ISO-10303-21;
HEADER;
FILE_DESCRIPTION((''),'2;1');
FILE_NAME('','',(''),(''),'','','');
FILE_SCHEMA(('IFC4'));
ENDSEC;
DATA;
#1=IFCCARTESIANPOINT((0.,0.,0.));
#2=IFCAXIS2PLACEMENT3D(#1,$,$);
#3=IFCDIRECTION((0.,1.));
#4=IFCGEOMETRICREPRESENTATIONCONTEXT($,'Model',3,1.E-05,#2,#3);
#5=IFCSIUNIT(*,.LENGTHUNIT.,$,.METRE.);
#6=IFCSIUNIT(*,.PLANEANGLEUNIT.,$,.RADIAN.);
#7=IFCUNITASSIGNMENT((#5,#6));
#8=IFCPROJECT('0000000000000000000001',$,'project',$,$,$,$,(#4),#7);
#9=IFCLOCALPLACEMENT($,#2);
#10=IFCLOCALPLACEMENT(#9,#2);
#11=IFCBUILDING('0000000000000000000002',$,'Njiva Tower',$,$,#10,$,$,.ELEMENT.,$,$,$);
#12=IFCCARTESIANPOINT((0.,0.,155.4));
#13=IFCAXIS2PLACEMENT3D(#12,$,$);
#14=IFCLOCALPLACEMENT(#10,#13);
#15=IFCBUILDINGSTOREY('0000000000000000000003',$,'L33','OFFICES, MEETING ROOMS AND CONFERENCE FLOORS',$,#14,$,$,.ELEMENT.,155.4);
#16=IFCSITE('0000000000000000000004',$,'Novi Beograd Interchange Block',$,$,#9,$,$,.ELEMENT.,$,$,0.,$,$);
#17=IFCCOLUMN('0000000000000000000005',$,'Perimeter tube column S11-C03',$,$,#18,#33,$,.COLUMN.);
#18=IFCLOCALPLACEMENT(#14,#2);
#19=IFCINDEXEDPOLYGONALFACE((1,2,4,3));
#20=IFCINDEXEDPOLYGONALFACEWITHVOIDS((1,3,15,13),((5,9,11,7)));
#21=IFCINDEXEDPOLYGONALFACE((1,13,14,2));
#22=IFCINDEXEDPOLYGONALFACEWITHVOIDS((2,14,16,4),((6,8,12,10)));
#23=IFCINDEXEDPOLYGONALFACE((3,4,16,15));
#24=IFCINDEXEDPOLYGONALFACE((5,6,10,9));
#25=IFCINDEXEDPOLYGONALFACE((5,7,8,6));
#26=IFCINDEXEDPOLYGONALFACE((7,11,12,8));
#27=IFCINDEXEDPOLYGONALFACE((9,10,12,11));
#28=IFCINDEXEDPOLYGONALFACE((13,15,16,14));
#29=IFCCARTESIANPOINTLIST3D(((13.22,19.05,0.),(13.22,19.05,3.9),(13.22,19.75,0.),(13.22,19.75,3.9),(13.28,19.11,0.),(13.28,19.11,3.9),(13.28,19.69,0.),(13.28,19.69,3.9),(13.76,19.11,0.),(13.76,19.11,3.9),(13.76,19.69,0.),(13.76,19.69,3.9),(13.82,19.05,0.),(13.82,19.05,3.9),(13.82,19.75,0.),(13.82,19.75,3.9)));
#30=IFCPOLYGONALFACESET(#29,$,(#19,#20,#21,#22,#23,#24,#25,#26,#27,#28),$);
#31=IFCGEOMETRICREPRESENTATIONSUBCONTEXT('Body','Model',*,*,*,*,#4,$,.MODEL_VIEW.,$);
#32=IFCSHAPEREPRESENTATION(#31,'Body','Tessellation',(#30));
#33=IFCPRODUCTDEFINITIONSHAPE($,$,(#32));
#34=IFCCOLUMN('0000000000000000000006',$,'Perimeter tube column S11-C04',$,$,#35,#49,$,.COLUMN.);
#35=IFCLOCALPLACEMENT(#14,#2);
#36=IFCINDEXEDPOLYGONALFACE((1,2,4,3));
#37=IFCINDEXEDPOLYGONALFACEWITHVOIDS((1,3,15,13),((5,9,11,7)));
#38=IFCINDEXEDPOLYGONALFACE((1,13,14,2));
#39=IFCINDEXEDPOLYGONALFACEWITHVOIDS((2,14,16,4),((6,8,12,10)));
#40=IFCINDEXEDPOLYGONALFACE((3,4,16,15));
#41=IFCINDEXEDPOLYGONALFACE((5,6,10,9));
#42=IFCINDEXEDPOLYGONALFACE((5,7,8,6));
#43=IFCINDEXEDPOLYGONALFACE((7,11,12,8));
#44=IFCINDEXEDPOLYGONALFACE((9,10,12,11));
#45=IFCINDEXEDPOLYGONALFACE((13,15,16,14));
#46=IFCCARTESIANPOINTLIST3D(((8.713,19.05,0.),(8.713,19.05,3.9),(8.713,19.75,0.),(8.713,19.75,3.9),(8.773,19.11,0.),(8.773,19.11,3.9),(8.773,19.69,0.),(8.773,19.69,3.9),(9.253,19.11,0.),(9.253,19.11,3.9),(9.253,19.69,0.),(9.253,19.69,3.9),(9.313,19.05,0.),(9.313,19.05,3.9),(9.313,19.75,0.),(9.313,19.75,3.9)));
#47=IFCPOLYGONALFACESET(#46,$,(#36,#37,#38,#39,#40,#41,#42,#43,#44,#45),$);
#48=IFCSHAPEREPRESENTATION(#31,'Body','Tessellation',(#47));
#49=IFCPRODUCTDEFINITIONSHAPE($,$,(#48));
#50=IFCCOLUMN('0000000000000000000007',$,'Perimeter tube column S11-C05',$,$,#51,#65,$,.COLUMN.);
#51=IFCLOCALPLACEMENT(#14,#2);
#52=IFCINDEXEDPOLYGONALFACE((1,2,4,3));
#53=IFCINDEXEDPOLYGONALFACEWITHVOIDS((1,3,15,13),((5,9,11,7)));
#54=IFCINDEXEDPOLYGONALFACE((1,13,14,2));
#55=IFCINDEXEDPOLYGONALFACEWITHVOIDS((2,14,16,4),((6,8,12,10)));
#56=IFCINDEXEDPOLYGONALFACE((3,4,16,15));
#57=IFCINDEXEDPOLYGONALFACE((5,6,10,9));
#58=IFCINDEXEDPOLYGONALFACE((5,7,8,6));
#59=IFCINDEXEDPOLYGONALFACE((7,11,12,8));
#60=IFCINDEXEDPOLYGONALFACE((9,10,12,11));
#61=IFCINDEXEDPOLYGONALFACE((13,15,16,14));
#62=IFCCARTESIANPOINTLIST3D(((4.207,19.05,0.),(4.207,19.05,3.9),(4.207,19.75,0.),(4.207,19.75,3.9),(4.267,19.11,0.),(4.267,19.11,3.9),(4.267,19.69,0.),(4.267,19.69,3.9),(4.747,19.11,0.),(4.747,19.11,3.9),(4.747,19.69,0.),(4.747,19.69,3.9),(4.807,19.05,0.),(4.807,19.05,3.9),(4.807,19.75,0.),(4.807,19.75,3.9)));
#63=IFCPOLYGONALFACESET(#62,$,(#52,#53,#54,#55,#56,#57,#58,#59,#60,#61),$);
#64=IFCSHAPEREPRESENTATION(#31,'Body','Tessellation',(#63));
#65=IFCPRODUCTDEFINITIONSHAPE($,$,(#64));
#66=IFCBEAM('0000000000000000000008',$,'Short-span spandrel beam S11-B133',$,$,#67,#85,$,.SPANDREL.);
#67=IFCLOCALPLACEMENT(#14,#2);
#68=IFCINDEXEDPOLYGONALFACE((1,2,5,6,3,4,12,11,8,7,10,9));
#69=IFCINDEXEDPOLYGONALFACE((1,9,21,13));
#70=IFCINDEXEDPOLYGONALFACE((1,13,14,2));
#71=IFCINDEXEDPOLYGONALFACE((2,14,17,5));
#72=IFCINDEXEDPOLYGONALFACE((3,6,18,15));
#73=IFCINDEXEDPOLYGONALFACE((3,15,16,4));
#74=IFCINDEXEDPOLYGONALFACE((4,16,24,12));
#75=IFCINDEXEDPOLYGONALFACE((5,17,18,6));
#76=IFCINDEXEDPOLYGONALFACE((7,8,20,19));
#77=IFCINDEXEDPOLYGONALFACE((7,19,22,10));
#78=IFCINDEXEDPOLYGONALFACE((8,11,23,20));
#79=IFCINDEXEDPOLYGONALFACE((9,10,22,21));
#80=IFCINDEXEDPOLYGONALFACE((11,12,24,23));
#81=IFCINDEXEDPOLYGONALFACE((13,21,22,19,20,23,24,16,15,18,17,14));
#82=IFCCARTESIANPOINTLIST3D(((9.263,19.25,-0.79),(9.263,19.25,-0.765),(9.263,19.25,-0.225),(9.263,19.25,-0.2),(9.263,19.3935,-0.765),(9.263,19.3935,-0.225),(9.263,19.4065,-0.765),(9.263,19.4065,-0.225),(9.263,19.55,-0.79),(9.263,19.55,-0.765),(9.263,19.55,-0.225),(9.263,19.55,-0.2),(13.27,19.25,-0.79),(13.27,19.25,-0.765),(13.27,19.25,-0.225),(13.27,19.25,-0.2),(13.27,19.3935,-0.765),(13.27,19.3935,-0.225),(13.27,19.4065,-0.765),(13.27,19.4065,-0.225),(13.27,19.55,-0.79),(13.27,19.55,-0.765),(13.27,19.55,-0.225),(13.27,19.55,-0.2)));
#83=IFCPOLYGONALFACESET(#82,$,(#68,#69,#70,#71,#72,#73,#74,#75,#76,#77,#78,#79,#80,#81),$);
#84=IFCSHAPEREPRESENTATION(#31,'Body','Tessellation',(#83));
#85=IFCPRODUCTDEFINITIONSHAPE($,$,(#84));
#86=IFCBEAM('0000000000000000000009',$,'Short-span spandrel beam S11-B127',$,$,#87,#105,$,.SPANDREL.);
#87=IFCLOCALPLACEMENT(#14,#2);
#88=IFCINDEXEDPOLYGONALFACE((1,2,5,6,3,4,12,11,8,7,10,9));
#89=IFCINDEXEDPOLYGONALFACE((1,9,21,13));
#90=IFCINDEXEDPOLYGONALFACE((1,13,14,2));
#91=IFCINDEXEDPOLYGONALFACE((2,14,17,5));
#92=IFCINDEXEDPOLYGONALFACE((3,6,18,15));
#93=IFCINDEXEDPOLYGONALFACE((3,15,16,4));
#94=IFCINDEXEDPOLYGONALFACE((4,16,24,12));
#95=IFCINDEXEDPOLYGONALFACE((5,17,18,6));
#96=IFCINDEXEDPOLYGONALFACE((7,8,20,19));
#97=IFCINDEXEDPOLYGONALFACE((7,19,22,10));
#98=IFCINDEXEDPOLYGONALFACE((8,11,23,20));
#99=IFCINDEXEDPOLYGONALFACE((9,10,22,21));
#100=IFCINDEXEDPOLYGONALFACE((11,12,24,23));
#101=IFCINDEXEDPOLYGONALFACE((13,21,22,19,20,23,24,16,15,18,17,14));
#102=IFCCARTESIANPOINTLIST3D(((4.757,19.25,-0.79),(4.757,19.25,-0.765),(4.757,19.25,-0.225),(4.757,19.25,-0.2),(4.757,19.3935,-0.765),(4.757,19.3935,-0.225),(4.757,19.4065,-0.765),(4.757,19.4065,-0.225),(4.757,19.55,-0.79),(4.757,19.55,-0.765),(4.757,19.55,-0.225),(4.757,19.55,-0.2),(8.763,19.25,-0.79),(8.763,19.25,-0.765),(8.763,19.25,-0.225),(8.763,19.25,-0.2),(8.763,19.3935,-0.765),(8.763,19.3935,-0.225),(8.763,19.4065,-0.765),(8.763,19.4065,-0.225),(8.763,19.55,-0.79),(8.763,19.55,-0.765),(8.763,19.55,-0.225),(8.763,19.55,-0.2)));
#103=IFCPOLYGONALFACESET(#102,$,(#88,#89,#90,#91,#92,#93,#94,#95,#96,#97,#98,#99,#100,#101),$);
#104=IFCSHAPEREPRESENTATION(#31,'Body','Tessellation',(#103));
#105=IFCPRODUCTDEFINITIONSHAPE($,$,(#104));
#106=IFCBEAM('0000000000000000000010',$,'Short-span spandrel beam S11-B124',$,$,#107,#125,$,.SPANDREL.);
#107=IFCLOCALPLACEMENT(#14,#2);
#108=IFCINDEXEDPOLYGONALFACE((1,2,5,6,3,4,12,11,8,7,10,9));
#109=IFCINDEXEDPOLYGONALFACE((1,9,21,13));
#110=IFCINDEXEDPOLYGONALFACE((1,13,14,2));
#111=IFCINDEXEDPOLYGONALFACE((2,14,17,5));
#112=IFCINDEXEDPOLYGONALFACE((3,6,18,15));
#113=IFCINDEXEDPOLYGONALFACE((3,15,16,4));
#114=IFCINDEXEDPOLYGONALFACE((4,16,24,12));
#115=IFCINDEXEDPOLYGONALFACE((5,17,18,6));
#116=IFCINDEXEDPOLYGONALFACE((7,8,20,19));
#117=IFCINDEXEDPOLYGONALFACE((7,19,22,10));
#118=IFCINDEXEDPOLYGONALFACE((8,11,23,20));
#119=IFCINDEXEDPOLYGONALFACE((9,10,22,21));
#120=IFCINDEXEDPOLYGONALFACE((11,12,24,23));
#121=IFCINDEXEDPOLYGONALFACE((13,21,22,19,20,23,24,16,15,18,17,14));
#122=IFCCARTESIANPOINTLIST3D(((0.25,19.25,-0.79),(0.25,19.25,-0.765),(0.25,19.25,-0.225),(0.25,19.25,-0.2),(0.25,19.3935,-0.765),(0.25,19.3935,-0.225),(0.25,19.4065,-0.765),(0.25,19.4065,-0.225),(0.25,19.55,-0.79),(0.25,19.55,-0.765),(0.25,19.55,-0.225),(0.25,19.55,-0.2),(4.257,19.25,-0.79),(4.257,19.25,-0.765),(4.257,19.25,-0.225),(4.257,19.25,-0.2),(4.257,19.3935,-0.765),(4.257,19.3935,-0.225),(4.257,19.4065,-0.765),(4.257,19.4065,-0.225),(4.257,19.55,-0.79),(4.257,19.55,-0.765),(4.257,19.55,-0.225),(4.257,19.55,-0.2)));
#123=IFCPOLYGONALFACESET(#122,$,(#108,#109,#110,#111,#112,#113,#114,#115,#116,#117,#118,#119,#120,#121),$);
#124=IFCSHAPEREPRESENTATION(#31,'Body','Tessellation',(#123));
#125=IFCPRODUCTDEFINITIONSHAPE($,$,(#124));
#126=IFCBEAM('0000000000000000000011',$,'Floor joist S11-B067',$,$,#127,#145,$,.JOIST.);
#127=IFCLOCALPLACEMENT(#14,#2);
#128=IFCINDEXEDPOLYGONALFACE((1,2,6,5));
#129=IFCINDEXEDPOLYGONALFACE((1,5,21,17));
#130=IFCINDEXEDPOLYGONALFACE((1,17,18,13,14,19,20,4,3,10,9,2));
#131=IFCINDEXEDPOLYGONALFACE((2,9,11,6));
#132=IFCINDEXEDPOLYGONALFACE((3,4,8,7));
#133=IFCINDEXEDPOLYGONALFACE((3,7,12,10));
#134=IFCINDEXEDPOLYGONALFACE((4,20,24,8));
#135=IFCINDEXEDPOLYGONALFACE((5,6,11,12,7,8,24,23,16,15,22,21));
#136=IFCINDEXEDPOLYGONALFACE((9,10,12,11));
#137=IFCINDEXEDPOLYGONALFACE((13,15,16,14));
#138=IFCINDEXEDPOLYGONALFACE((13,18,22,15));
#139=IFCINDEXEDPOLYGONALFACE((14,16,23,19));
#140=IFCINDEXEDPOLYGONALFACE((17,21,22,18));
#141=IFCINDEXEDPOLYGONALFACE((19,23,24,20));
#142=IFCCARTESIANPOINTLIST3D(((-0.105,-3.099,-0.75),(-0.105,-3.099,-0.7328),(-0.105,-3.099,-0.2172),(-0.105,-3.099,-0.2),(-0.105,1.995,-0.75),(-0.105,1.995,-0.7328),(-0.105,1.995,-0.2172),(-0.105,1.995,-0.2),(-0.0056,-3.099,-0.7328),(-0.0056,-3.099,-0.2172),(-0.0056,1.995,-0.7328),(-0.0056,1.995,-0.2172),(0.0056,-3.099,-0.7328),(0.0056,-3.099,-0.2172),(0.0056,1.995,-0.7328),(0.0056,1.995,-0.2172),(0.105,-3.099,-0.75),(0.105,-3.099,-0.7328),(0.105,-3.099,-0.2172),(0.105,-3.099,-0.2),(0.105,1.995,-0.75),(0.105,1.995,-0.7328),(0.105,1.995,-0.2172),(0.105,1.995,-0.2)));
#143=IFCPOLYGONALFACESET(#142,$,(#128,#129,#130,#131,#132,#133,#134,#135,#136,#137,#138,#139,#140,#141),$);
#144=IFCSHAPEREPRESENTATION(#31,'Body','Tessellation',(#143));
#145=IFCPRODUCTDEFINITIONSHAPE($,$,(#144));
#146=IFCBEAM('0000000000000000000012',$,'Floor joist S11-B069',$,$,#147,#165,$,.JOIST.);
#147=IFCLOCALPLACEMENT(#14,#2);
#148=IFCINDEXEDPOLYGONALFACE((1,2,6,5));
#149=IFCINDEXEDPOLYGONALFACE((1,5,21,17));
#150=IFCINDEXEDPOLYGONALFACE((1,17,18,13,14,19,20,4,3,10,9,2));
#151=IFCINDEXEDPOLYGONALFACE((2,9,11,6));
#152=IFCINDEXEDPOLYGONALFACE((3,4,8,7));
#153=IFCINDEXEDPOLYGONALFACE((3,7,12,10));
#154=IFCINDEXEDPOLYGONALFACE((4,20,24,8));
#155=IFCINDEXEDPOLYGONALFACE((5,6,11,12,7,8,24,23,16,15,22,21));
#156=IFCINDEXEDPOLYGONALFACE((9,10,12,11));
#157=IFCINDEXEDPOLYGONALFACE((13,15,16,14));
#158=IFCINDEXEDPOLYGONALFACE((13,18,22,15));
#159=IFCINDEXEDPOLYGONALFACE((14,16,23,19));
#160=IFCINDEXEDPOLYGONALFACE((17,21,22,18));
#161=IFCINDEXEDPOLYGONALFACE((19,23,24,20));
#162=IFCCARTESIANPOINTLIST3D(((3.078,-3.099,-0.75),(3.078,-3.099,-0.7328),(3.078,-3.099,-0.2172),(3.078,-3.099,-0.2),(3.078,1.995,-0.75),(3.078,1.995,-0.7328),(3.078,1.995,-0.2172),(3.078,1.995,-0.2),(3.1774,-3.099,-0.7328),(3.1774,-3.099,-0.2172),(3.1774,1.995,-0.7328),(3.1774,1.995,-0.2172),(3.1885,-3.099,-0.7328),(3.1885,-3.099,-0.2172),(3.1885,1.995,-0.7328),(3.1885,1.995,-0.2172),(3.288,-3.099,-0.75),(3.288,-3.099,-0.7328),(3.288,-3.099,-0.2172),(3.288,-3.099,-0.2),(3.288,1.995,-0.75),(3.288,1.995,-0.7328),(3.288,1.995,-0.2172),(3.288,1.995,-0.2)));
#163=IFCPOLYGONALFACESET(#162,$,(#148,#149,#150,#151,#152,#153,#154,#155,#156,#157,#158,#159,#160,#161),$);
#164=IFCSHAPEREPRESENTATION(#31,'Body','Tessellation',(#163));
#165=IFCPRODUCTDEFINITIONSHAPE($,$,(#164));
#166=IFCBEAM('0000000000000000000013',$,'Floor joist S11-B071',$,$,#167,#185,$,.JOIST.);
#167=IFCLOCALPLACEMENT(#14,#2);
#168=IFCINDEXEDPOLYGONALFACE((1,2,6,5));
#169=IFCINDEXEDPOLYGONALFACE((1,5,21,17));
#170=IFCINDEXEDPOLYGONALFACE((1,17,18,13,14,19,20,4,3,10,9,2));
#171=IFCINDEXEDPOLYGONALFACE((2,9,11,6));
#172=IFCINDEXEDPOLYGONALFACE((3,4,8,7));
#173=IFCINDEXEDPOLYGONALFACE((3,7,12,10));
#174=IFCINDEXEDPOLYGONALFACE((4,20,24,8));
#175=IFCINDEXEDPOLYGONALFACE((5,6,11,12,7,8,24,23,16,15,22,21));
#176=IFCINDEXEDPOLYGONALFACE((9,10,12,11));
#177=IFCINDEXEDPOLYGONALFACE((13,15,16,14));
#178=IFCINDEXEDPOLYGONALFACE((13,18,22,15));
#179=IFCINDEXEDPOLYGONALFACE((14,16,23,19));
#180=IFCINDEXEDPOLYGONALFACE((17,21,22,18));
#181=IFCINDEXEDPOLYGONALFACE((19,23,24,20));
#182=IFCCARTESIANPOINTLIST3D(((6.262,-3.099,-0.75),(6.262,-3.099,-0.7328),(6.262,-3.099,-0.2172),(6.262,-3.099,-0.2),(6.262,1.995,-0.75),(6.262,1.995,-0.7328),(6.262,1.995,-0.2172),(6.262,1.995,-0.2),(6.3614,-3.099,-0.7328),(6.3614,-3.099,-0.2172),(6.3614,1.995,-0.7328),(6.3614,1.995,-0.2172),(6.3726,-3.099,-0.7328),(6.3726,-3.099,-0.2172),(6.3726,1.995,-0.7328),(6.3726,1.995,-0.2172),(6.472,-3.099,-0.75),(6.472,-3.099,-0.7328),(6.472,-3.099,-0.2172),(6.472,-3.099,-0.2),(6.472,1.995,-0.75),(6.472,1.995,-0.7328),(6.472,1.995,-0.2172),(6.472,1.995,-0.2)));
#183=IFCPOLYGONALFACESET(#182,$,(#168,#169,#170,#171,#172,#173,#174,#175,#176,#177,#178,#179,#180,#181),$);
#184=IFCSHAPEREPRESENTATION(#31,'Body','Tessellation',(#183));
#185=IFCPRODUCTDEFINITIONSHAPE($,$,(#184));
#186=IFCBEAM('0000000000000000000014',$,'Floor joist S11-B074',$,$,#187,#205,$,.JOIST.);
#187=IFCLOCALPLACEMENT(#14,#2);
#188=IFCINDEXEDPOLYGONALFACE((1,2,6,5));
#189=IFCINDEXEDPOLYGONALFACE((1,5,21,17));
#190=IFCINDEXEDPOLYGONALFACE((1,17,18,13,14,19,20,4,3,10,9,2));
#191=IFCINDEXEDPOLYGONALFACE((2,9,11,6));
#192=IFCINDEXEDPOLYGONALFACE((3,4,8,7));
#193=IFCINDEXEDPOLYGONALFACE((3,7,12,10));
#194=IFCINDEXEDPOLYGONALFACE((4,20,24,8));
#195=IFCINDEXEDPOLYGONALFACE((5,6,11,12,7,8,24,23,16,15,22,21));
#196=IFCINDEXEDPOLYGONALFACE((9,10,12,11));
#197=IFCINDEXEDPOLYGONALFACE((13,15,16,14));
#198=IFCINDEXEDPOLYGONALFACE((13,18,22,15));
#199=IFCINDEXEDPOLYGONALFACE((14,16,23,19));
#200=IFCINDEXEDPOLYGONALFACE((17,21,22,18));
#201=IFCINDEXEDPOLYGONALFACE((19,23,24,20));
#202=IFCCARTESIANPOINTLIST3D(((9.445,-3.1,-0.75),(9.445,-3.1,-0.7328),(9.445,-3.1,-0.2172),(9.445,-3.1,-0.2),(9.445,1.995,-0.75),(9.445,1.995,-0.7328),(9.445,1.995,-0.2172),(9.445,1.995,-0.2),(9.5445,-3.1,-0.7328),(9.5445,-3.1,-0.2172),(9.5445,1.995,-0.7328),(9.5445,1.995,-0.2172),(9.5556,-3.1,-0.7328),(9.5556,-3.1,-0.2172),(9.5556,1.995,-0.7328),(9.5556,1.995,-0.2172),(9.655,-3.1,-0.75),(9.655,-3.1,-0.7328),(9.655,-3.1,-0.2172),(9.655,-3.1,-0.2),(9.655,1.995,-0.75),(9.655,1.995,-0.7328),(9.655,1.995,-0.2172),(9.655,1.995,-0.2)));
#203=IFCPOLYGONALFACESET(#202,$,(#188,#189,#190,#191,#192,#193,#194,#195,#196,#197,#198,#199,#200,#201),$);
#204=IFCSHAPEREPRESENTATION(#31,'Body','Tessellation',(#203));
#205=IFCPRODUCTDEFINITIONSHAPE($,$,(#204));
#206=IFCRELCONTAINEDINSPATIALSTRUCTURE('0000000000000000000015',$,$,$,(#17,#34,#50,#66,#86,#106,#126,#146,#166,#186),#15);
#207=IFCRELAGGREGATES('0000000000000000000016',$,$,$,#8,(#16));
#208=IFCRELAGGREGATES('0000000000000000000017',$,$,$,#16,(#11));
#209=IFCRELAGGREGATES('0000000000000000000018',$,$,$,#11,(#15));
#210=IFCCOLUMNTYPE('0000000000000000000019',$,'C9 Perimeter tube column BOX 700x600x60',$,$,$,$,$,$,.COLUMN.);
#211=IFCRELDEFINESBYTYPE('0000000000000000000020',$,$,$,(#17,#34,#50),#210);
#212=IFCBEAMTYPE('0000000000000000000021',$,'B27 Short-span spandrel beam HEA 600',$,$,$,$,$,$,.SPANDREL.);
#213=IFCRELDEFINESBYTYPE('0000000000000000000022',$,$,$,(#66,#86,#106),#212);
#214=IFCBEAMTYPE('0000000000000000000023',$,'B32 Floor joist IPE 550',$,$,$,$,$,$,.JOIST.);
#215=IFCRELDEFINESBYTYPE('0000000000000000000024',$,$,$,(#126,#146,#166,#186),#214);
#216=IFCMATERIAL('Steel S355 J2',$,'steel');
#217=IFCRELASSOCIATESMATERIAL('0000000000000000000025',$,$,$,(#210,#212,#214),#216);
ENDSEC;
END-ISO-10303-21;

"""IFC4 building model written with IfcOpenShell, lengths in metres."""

from ifc_helpers import new_model, si_unit, direction, frame, origin, origin_2d, place, context, subcontext, project, spatial, hollow_rectangle, i_section, extrude, material, material_profile, profile_set, type_object, element, save


model = new_model("IFC4")

# Units and contexts
model_context = context("Model", 3, precision=1e-05, world=origin(), true_north=direction((0.0, 1.0)))
body_context = subcontext(model_context, "Body", "Model", "MODEL_VIEW")
ifc_project = project(units=[si_unit("LENGTHUNIT", "METRE"), si_unit("PLANEANGLEUNIT", "RADIAN")], contexts=[model_context])

# Site, building, storey
site_placement = place(None, origin())
site = spatial("IfcSite", under=ifc_project, at=site_placement, Name="Novi Beograd Interchange Block", CompositionType="ELEMENT", RefElevation=0.0)
building_placement = place(site_placement, origin())
building = spatial("IfcBuilding", under=site, at=building_placement, Name="Njiva Tower", CompositionType="ELEMENT")
storey_placement = place(building_placement, frame((0.0, 0.0, 155.4)))
storey = spatial("IfcBuildingStorey", under=building, at=storey_placement, Name="L33", Description="OFFICES, MEETING ROOMS AND CONFERENCE FLOORS", CompositionType="ELEMENT", Elevation=155.4)

# Columns
ifc_material_1 = material(Name="Steel S355 J2", Category="steel")
ifc_material_profile_1 = material_profile(ifc_material_1, hollow_rectangle(XDim=0.6, YDim=0.7, WallThickness=0.06, at=origin_2d()), Name="BOX 700x600x60")
ifc_profile_set_1 = profile_set([ifc_material_profile_1], Name="Steel S355 J2")
column_type = type_object("IfcColumnType", Name="C9 Perimeter tube column BOX 700x600x60", PredefinedType="COLUMN", material=ifc_profile_set_1)
for number, where, z_axis, x_axis, name in (
    (1, (13.52, 19.4, 0.0), (0.0, 0.0, 1.0), (-1.0, 0.0, 0.0), "Perimeter tube column S11-C03"),
    (2, (9.013, 19.4, 0.0), (0.0, 0.0, 1.0), (-1.0, 0.0, 0.0), "Perimeter tube column S11-C04"),
    (3, (4.507, 19.4, 0.0), (0.0, 0.0, 1.0), (-1.0, 0.0, 0.0), "Perimeter tube column S11-C05"),
):
    element("IfcColumn", number, at=place(storey_placement, frame(where, z_axis=z_axis, x_axis=x_axis)), inside=storey, type_object=column_type, Name=name, PredefinedType="COLUMN", context=body_context, shape_type="SweptSolid", body=[
        extrude(hollow_rectangle(XDim=0.6, YDim=0.7, WallThickness=0.06, at=origin_2d()), origin(), (0.0, 0.0, 1.0), 3.9),
    ])

# Beams
ifc_material_profile_2 = material_profile(ifc_material_1, i_section(OverallWidth=0.3, OverallDepth=0.59, WebThickness=0.013, FlangeThickness=0.025, at=origin_2d()), Name="HEA 600")
ifc_profile_set_2 = profile_set([ifc_material_profile_2], Name="Steel S355 J2")
beam_type_1 = type_object("IfcBeamType", Name="B27 Short-span spandrel beam HEA 600", PredefinedType="SPANDREL", material=ifc_profile_set_2)
beam_1_placement = place(storey_placement, frame((13.27, 19.4, -0.495), z_axis=(-1.0, 0.0, 0.0), x_axis=(0.0, -1.0, 0.0)))
element("IfcBeam", 4, at=beam_1_placement, inside=storey, type_object=beam_type_1, Name="Short-span spandrel beam S11-B133", PredefinedType="SPANDREL", context=body_context, shape_type="SweptSolid", body=[
    extrude(i_section(OverallWidth=0.3, OverallDepth=0.59, WebThickness=0.013, FlangeThickness=0.025, at=origin_2d()), origin(), (0.0, 0.0, 1.0), 4.007),
])
beam_2_placement = place(storey_placement, frame((8.763, 19.4, -0.495), z_axis=(-1.0, 0.0, 0.0), x_axis=(0.0, -1.0, 0.0)))
element("IfcBeam", 5, at=beam_2_placement, inside=storey, type_object=beam_type_1, Name="Short-span spandrel beam S11-B127", PredefinedType="SPANDREL", context=body_context, shape_type="SweptSolid", body=[
    extrude(i_section(OverallWidth=0.3, OverallDepth=0.59, WebThickness=0.013, FlangeThickness=0.025, at=origin_2d()), origin(), (0.0, 0.0, 1.0), 4.006),
])
beam_3_placement = place(storey_placement, frame((4.257, 19.4, -0.495), z_axis=(-1.0, 0.0, 0.0), x_axis=(0.0, -1.0, 0.0)))
element("IfcBeam", 6, at=beam_3_placement, inside=storey, type_object=beam_type_1, Name="Short-span spandrel beam S11-B124", PredefinedType="SPANDREL", context=body_context, shape_type="SweptSolid", body=[
    extrude(i_section(OverallWidth=0.3, OverallDepth=0.59, WebThickness=0.013, FlangeThickness=0.025, at=origin_2d()), origin(), (0.0, 0.0, 1.0), 4.007),
])
ifc_material_profile_3 = material_profile(ifc_material_1, i_section(OverallWidth=0.21, OverallDepth=0.55, WebThickness=0.0111, FlangeThickness=0.0172, at=origin_2d()), Name="IPE 550")
ifc_profile_set_3 = profile_set([ifc_material_profile_3], Name="Steel S355 J2")
beam_type_2 = type_object("IfcBeamType", Name="B32 Floor joist IPE 550", PredefinedType="JOIST", material=ifc_profile_set_3)
for number, where, z_axis, x_axis, name in (
    (7, (0.0, 1.995, -0.475), (0.0, -1.0, 0.0), (1.0, 0.0, 0.0), "Floor joist S11-B067"),
    (8, (3.183, 1.995, -0.475), (0.0, -1.0, 0.0), (1.0, 0.0, 0.0), "Floor joist S11-B069"),
    (9, (6.367, 1.995, -0.475), (0.0, -1.0, 0.0), (1.0, 0.0, 0.0), "Floor joist S11-B071"),
):
    element("IfcBeam", number, at=place(storey_placement, frame(where, z_axis=z_axis, x_axis=x_axis)), inside=storey, type_object=beam_type_2, Name=name, PredefinedType="JOIST", context=body_context, shape_type="SweptSolid", body=[
        extrude(i_section(OverallWidth=0.21, OverallDepth=0.55, WebThickness=0.0111, FlangeThickness=0.0172, at=origin_2d()), origin(), (0.0, 0.0, 1.0), 5.094),
    ])
for number, where, z_axis, x_axis, name in (
    (10, (9.55, 1.995, -0.475), (0.0, -1.0, 0.0), (1.0, 0.0, 0.0), "Floor joist S11-B074"),
):
    element("IfcBeam", number, at=place(storey_placement, frame(where, z_axis=z_axis, x_axis=x_axis)), inside=storey, type_object=beam_type_2, Name=name, PredefinedType="JOIST", context=body_context, shape_type="SweptSolid", body=[
        extrude(i_section(OverallWidth=0.21, OverallDepth=0.55, WebThickness=0.0111, FlangeThickness=0.0172, at=origin_2d()), origin(), (0.0, 0.0, 1.0), 5.095),
    ])

save(model, "model.ifc")
